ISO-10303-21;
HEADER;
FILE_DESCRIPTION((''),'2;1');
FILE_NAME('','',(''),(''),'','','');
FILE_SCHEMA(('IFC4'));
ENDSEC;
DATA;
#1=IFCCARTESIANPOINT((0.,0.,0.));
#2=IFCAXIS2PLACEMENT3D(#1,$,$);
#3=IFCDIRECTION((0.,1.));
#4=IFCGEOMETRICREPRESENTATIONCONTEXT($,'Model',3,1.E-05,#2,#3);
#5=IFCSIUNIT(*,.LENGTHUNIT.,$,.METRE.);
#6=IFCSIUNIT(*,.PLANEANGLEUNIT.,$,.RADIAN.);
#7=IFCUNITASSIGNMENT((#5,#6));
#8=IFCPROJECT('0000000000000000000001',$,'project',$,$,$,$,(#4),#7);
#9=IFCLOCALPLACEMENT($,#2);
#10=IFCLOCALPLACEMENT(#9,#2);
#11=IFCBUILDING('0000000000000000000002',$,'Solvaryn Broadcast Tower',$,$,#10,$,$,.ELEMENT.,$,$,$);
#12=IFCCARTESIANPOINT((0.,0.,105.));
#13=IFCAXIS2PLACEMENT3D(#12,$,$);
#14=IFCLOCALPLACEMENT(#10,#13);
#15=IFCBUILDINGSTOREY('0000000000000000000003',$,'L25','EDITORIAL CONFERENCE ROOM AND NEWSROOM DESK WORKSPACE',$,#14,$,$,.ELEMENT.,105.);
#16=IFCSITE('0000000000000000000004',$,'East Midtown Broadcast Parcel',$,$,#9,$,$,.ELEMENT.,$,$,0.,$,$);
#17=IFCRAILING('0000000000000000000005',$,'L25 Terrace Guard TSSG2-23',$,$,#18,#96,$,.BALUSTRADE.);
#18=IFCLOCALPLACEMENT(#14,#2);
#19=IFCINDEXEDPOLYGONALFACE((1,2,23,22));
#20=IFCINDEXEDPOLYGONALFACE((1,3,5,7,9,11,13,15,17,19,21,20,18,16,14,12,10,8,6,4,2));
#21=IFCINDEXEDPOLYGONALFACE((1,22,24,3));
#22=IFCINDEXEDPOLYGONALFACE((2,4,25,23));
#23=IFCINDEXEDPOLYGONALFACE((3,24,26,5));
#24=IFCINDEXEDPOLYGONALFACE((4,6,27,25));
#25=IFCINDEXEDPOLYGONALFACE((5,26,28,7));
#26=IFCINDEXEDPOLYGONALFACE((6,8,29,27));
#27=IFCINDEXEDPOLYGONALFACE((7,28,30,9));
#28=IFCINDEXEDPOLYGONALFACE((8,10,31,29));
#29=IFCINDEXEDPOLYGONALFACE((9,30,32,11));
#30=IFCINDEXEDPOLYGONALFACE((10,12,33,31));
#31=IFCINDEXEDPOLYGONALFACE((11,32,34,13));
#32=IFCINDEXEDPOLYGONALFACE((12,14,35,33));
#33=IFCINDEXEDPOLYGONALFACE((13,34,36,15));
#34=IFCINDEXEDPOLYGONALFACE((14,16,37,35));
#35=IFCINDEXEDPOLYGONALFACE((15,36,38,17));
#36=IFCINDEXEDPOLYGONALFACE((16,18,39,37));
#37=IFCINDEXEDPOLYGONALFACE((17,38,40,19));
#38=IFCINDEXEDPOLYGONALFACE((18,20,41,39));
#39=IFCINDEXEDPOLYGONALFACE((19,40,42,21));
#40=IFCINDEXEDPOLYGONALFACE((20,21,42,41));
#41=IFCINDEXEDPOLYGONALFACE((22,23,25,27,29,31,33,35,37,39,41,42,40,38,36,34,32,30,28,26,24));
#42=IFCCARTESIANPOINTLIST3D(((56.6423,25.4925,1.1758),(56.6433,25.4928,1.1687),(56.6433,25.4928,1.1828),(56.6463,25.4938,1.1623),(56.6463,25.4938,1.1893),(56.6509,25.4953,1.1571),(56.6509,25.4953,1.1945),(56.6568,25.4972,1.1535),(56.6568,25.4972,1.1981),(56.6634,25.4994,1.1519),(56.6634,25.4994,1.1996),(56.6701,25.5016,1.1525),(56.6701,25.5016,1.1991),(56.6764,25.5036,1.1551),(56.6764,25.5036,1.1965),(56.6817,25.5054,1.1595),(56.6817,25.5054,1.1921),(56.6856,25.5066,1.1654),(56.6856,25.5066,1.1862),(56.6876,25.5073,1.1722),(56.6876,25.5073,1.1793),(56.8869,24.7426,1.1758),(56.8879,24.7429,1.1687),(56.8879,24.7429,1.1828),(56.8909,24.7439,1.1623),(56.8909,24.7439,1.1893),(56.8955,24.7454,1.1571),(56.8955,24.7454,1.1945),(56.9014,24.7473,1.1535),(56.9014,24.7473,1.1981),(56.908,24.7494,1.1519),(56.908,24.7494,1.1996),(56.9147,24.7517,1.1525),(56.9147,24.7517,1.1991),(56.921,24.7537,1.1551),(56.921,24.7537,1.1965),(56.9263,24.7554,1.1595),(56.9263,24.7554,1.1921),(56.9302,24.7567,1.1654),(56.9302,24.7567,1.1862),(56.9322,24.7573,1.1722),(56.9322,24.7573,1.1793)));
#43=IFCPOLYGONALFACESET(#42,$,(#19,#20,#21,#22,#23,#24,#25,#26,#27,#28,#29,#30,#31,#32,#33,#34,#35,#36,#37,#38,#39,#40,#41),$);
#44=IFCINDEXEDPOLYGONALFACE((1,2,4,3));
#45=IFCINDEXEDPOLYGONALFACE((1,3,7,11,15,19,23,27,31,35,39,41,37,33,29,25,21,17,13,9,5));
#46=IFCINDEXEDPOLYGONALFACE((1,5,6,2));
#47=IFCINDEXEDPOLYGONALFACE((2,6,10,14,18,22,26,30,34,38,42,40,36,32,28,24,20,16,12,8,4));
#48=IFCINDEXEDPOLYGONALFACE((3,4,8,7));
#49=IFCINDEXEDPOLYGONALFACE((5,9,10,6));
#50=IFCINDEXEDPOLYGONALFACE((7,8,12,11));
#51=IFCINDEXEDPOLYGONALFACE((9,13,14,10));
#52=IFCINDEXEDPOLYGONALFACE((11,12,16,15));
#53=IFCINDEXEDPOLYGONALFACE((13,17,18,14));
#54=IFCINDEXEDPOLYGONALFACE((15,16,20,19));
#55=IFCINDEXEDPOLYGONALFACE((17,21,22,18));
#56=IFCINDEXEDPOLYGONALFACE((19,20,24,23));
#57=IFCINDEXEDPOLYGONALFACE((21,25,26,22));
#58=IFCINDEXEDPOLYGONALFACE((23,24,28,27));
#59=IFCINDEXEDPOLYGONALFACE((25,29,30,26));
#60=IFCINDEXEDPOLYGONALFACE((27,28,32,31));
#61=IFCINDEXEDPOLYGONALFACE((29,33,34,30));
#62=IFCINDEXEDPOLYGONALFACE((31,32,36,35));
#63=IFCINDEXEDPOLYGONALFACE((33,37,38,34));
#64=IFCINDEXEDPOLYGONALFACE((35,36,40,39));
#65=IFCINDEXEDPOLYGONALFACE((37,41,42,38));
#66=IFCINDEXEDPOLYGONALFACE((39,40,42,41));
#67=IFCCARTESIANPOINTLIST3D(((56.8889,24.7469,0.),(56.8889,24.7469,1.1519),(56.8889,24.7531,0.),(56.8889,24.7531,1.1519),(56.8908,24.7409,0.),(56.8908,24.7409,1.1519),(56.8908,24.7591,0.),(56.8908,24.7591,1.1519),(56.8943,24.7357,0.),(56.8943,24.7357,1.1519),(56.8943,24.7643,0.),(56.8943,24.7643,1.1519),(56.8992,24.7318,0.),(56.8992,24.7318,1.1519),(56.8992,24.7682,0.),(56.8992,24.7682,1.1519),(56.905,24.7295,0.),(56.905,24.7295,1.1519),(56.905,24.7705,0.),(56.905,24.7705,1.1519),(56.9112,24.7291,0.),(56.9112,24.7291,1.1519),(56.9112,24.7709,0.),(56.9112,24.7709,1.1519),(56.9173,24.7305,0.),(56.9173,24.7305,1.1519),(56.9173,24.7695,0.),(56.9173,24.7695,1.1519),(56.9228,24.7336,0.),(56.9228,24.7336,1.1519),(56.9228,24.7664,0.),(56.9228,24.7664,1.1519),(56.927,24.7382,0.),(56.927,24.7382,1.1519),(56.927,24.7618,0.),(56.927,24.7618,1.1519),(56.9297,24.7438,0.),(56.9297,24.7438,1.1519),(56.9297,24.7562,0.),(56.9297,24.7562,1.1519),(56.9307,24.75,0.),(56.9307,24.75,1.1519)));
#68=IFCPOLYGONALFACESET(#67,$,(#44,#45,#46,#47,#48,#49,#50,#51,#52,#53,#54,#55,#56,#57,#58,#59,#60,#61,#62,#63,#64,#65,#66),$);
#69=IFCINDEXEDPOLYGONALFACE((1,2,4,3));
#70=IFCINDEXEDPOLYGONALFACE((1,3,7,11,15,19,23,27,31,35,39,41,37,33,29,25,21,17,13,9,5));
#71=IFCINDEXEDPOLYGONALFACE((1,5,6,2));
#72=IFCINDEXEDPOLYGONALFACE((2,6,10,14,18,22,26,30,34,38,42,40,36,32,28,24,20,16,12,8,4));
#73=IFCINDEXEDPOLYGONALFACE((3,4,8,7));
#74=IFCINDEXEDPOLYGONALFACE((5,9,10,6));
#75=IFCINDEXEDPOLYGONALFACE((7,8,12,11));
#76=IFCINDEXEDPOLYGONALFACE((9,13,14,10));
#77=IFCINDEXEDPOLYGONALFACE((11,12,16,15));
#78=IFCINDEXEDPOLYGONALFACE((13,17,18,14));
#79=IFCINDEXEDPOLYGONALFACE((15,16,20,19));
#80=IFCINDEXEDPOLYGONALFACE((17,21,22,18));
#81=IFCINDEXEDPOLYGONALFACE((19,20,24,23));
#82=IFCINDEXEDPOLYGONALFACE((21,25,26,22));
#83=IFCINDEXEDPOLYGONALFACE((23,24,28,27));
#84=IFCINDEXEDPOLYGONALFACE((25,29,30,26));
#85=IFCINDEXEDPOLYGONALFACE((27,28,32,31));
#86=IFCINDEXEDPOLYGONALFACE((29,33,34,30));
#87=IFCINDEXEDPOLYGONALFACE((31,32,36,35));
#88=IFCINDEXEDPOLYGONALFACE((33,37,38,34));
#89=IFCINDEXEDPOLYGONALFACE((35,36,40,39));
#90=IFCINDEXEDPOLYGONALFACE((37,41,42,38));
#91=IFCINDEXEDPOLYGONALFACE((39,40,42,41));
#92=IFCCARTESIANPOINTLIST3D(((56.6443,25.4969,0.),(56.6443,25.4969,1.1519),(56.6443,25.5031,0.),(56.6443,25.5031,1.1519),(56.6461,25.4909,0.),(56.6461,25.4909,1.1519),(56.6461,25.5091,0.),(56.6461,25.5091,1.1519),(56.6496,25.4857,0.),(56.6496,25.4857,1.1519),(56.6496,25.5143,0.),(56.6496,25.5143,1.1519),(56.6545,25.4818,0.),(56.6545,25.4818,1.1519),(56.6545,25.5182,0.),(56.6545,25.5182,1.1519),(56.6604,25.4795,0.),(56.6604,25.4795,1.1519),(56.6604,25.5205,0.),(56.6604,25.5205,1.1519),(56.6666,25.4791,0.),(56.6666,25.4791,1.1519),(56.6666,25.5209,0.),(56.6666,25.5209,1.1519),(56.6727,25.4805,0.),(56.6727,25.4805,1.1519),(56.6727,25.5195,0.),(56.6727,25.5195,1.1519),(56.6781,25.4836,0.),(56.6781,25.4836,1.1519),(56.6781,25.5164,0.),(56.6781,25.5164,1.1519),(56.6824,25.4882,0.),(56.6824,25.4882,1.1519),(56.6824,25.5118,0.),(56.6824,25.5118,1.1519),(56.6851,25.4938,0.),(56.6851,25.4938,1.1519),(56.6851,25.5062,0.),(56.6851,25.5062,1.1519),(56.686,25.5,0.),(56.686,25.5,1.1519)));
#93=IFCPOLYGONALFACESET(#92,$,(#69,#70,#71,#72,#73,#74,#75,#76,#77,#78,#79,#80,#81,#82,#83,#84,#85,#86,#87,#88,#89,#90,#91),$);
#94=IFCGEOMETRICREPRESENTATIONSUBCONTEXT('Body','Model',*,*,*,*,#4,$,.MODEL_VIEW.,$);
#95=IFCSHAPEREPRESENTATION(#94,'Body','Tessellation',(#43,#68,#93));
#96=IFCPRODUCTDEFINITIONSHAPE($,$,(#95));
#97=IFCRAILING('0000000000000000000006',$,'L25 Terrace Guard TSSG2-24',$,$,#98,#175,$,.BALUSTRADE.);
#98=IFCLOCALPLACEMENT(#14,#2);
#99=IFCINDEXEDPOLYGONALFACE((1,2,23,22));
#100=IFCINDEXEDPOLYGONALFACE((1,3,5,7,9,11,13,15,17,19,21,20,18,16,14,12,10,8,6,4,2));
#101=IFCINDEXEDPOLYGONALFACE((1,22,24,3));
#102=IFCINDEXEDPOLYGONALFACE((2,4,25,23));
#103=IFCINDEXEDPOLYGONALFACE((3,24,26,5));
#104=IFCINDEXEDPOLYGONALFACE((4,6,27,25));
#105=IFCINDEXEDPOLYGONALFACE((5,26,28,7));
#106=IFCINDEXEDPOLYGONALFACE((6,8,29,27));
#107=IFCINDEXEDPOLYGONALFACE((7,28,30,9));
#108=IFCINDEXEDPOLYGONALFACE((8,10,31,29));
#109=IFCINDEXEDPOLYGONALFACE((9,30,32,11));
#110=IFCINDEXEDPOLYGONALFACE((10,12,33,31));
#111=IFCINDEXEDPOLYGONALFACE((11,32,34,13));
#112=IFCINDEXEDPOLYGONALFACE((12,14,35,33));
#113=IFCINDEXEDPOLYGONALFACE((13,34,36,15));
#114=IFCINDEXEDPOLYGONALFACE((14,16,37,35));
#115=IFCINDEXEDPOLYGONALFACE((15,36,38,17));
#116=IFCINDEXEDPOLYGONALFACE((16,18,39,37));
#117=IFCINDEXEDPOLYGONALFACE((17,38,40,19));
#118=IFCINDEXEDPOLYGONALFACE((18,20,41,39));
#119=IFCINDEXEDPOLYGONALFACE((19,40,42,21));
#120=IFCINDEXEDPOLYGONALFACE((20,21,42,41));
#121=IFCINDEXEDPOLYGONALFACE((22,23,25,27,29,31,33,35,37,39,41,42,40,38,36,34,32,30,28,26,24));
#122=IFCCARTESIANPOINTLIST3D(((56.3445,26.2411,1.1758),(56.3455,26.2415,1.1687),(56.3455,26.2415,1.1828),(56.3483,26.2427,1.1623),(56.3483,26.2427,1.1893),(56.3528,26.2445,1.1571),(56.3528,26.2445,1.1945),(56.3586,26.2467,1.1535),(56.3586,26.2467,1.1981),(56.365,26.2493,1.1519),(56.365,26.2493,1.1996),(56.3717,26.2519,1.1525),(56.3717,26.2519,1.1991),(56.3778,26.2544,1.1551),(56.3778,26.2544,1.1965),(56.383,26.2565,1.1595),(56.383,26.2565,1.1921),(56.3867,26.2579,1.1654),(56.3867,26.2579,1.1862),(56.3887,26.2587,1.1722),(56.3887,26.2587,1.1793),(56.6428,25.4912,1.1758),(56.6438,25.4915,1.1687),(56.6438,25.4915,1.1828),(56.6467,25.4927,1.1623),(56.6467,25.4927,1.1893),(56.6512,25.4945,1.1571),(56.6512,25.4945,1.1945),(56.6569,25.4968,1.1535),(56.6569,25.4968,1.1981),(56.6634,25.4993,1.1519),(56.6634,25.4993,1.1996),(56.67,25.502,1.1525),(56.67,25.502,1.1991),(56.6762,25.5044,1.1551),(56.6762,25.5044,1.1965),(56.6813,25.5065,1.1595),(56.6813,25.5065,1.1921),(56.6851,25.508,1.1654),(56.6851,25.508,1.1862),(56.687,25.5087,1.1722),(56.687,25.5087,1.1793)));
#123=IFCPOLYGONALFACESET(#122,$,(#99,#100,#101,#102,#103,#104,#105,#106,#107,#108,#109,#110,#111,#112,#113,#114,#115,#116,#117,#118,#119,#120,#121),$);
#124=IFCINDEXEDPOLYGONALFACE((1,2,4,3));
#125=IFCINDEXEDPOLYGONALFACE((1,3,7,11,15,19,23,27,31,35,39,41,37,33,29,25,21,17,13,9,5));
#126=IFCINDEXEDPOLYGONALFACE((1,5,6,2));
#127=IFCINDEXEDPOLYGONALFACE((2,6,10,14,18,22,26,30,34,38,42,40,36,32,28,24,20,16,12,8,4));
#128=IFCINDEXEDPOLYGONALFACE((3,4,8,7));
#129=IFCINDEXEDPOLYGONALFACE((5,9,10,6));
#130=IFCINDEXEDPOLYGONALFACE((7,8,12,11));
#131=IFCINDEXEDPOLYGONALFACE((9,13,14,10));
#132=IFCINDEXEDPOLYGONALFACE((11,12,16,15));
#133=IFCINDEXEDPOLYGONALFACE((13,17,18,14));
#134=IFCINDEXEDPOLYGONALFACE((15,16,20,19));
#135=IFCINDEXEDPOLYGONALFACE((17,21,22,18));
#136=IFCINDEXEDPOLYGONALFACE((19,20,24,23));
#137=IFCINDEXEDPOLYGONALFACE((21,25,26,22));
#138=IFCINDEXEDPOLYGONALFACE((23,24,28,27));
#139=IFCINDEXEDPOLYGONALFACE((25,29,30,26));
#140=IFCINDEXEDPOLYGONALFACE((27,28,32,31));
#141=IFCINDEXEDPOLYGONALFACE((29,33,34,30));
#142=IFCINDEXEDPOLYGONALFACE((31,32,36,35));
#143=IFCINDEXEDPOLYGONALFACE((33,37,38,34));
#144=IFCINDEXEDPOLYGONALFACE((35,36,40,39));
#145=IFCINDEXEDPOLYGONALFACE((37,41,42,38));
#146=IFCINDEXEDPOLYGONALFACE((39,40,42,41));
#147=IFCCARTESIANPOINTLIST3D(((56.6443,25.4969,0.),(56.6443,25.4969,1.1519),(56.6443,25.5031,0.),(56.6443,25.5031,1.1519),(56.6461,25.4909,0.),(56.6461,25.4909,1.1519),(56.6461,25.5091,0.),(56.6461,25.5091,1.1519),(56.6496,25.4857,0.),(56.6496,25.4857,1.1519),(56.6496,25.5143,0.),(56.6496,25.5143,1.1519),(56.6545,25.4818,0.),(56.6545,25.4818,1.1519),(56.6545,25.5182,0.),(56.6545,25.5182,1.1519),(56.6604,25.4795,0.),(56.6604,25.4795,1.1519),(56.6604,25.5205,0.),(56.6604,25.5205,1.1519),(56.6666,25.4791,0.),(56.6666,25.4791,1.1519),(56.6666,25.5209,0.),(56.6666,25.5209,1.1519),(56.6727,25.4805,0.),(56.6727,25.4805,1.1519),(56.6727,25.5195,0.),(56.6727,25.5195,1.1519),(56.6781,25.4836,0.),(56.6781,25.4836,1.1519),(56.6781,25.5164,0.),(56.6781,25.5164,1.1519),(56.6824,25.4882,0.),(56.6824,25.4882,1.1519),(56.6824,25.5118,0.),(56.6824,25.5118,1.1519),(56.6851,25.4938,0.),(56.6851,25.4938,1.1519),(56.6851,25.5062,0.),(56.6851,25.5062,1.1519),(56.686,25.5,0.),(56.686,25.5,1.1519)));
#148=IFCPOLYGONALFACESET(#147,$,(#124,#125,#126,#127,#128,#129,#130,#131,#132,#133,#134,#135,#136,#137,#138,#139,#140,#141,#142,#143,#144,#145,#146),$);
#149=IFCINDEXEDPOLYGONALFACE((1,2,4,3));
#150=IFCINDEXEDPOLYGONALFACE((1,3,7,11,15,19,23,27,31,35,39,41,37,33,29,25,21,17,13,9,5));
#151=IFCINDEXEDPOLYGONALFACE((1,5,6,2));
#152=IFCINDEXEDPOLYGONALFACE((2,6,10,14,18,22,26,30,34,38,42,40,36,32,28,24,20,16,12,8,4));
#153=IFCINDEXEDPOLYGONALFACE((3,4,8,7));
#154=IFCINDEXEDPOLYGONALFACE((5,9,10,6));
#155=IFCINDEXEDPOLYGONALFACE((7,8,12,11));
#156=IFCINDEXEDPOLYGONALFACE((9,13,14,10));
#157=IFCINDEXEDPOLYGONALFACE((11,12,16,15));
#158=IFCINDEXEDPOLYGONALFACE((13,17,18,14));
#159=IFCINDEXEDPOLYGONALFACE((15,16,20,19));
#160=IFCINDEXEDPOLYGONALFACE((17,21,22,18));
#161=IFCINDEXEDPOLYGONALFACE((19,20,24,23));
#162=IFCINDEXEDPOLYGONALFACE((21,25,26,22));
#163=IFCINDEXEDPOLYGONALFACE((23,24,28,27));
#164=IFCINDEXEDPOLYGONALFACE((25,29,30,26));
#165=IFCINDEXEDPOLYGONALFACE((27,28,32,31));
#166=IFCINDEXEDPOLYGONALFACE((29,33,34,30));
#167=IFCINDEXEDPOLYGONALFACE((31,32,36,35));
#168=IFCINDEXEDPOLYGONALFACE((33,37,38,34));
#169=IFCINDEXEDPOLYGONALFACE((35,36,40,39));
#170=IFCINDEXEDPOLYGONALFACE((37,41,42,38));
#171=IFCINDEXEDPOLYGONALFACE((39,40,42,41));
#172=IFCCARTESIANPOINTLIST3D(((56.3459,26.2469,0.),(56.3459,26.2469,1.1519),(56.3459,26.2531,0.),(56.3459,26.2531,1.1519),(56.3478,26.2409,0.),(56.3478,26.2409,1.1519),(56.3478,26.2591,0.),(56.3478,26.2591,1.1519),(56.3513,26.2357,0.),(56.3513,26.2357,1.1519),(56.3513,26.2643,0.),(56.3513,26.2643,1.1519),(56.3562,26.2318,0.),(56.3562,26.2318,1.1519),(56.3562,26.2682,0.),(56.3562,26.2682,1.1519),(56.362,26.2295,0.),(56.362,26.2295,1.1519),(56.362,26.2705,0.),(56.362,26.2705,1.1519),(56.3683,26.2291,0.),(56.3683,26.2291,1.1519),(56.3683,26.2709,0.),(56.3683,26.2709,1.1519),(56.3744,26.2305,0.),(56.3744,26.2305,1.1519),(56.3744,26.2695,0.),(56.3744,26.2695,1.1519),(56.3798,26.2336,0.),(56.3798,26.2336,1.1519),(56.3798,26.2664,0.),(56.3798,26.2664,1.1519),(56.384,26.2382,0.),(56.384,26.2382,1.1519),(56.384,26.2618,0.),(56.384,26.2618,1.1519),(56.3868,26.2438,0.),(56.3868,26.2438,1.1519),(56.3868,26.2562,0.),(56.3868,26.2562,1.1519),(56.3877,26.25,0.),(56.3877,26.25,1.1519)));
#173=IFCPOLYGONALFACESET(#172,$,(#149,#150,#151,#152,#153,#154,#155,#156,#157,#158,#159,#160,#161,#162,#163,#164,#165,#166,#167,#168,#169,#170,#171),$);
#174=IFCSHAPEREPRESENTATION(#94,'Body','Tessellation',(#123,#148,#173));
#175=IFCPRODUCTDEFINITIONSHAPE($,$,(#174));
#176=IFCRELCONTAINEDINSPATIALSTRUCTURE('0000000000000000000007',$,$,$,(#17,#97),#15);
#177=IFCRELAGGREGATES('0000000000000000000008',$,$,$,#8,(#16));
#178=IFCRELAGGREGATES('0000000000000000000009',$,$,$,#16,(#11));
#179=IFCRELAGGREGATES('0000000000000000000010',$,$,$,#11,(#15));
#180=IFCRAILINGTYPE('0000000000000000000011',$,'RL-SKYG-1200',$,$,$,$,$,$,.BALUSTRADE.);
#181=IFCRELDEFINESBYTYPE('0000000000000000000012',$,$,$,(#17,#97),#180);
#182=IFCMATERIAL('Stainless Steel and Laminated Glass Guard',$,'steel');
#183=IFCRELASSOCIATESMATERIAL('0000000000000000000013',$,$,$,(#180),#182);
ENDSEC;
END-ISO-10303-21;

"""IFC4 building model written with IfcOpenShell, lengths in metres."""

from ifc_helpers import new_model, si_unit, direction, frame, origin, origin_2d, place, context, subcontext, project, spatial, circle, extrude, material, type_object, element, save


model = new_model("IFC4")

# Units and contexts
model_context = context("Model", 3, precision=1e-05, world=origin(), true_north=direction((0.0, 1.0)))
body_context = subcontext(model_context, "Body", "Model", "MODEL_VIEW")
ifc_project = project(units=[si_unit("LENGTHUNIT", "METRE"), si_unit("PLANEANGLEUNIT", "RADIAN")], contexts=[model_context])

# Site, building, storey
site_placement = place(None, origin())
site = spatial("IfcSite", under=ifc_project, at=site_placement, Name="East Midtown Broadcast Parcel", CompositionType="ELEMENT", RefElevation=0.0)
building_placement = place(site_placement, origin())
building = spatial("IfcBuilding", under=site, at=building_placement, Name="Solvaryn Broadcast Tower", CompositionType="ELEMENT")
storey_placement = place(building_placement, frame((0.0, 0.0, 105.0)))
storey = spatial("IfcBuildingStorey", under=building, at=storey_placement, Name="L25", Description="EDITORIAL CONFERENCE ROOM AND NEWSROOM DESK WORKSPACE", CompositionType="ELEMENT", Elevation=105.0)

# Railings
ifc_material_1 = material(Name="Stainless Steel and Laminated Glass Guard", Category="steel")
railing_type = type_object("IfcRailingType", Name="RL-SKYG-1200", PredefinedType="BALUSTRADE", material=ifc_material_1)
railing_1_placement = place(storey_placement, frame((56.9097, 24.75, 0.0)))
element("IfcRailing", 1, at=railing_1_placement, inside=storey, type_object=railing_type, Name="L25 Terrace Guard TSSG2-23", PredefinedType="BALUSTRADE", context=body_context, shape_type="SweptSolid", body=[
    extrude(circle(Radius=0.0239, at=origin_2d()), frame((0.0, 0.0, 1.1758), z_axis=(-0.310094, 0.950706, 0.0), x_axis=(-0.950706, -0.310094, 0.0)), (0.0, 0.0, 1.0), 0.7888),
    extrude(circle(Radius=0.021, at=origin_2d()), origin(), (0.0, 0.0, 1.0), 1.1519),
    extrude(circle(Radius=0.021, at=origin_2d()), frame((-0.2446, 0.75, 0.0)), (0.0, 0.0, 1.0), 1.1519),
])
railing_2_placement = place(storey_placement, frame((56.665, 25.5, 0.0)))
element("IfcRailing", 2, at=railing_2_placement, inside=storey, type_object=railing_type, Name="L25 Terrace Guard TSSG2-24", PredefinedType="BALUSTRADE", context=body_context, shape_type="SweptSolid", body=[
    extrude(circle(Radius=0.0239, at=origin_2d()), frame((0.0, 0.0, 1.1758), z_axis=(-0.369617, 0.929184, 0.0), x_axis=(-0.929184, -0.369617, 0.0)), (0.0, 0.0, 1.0), 0.8071),
    extrude(circle(Radius=0.021, at=origin_2d()), origin(), (0.0, 0.0, 1.0), 1.1519),
    extrude(circle(Radius=0.021, at=origin_2d()), frame((-0.2983, 0.75, 0.0)), (0.0, 0.0, 1.0), 1.1519),
])

save(model, "model.ifc")
